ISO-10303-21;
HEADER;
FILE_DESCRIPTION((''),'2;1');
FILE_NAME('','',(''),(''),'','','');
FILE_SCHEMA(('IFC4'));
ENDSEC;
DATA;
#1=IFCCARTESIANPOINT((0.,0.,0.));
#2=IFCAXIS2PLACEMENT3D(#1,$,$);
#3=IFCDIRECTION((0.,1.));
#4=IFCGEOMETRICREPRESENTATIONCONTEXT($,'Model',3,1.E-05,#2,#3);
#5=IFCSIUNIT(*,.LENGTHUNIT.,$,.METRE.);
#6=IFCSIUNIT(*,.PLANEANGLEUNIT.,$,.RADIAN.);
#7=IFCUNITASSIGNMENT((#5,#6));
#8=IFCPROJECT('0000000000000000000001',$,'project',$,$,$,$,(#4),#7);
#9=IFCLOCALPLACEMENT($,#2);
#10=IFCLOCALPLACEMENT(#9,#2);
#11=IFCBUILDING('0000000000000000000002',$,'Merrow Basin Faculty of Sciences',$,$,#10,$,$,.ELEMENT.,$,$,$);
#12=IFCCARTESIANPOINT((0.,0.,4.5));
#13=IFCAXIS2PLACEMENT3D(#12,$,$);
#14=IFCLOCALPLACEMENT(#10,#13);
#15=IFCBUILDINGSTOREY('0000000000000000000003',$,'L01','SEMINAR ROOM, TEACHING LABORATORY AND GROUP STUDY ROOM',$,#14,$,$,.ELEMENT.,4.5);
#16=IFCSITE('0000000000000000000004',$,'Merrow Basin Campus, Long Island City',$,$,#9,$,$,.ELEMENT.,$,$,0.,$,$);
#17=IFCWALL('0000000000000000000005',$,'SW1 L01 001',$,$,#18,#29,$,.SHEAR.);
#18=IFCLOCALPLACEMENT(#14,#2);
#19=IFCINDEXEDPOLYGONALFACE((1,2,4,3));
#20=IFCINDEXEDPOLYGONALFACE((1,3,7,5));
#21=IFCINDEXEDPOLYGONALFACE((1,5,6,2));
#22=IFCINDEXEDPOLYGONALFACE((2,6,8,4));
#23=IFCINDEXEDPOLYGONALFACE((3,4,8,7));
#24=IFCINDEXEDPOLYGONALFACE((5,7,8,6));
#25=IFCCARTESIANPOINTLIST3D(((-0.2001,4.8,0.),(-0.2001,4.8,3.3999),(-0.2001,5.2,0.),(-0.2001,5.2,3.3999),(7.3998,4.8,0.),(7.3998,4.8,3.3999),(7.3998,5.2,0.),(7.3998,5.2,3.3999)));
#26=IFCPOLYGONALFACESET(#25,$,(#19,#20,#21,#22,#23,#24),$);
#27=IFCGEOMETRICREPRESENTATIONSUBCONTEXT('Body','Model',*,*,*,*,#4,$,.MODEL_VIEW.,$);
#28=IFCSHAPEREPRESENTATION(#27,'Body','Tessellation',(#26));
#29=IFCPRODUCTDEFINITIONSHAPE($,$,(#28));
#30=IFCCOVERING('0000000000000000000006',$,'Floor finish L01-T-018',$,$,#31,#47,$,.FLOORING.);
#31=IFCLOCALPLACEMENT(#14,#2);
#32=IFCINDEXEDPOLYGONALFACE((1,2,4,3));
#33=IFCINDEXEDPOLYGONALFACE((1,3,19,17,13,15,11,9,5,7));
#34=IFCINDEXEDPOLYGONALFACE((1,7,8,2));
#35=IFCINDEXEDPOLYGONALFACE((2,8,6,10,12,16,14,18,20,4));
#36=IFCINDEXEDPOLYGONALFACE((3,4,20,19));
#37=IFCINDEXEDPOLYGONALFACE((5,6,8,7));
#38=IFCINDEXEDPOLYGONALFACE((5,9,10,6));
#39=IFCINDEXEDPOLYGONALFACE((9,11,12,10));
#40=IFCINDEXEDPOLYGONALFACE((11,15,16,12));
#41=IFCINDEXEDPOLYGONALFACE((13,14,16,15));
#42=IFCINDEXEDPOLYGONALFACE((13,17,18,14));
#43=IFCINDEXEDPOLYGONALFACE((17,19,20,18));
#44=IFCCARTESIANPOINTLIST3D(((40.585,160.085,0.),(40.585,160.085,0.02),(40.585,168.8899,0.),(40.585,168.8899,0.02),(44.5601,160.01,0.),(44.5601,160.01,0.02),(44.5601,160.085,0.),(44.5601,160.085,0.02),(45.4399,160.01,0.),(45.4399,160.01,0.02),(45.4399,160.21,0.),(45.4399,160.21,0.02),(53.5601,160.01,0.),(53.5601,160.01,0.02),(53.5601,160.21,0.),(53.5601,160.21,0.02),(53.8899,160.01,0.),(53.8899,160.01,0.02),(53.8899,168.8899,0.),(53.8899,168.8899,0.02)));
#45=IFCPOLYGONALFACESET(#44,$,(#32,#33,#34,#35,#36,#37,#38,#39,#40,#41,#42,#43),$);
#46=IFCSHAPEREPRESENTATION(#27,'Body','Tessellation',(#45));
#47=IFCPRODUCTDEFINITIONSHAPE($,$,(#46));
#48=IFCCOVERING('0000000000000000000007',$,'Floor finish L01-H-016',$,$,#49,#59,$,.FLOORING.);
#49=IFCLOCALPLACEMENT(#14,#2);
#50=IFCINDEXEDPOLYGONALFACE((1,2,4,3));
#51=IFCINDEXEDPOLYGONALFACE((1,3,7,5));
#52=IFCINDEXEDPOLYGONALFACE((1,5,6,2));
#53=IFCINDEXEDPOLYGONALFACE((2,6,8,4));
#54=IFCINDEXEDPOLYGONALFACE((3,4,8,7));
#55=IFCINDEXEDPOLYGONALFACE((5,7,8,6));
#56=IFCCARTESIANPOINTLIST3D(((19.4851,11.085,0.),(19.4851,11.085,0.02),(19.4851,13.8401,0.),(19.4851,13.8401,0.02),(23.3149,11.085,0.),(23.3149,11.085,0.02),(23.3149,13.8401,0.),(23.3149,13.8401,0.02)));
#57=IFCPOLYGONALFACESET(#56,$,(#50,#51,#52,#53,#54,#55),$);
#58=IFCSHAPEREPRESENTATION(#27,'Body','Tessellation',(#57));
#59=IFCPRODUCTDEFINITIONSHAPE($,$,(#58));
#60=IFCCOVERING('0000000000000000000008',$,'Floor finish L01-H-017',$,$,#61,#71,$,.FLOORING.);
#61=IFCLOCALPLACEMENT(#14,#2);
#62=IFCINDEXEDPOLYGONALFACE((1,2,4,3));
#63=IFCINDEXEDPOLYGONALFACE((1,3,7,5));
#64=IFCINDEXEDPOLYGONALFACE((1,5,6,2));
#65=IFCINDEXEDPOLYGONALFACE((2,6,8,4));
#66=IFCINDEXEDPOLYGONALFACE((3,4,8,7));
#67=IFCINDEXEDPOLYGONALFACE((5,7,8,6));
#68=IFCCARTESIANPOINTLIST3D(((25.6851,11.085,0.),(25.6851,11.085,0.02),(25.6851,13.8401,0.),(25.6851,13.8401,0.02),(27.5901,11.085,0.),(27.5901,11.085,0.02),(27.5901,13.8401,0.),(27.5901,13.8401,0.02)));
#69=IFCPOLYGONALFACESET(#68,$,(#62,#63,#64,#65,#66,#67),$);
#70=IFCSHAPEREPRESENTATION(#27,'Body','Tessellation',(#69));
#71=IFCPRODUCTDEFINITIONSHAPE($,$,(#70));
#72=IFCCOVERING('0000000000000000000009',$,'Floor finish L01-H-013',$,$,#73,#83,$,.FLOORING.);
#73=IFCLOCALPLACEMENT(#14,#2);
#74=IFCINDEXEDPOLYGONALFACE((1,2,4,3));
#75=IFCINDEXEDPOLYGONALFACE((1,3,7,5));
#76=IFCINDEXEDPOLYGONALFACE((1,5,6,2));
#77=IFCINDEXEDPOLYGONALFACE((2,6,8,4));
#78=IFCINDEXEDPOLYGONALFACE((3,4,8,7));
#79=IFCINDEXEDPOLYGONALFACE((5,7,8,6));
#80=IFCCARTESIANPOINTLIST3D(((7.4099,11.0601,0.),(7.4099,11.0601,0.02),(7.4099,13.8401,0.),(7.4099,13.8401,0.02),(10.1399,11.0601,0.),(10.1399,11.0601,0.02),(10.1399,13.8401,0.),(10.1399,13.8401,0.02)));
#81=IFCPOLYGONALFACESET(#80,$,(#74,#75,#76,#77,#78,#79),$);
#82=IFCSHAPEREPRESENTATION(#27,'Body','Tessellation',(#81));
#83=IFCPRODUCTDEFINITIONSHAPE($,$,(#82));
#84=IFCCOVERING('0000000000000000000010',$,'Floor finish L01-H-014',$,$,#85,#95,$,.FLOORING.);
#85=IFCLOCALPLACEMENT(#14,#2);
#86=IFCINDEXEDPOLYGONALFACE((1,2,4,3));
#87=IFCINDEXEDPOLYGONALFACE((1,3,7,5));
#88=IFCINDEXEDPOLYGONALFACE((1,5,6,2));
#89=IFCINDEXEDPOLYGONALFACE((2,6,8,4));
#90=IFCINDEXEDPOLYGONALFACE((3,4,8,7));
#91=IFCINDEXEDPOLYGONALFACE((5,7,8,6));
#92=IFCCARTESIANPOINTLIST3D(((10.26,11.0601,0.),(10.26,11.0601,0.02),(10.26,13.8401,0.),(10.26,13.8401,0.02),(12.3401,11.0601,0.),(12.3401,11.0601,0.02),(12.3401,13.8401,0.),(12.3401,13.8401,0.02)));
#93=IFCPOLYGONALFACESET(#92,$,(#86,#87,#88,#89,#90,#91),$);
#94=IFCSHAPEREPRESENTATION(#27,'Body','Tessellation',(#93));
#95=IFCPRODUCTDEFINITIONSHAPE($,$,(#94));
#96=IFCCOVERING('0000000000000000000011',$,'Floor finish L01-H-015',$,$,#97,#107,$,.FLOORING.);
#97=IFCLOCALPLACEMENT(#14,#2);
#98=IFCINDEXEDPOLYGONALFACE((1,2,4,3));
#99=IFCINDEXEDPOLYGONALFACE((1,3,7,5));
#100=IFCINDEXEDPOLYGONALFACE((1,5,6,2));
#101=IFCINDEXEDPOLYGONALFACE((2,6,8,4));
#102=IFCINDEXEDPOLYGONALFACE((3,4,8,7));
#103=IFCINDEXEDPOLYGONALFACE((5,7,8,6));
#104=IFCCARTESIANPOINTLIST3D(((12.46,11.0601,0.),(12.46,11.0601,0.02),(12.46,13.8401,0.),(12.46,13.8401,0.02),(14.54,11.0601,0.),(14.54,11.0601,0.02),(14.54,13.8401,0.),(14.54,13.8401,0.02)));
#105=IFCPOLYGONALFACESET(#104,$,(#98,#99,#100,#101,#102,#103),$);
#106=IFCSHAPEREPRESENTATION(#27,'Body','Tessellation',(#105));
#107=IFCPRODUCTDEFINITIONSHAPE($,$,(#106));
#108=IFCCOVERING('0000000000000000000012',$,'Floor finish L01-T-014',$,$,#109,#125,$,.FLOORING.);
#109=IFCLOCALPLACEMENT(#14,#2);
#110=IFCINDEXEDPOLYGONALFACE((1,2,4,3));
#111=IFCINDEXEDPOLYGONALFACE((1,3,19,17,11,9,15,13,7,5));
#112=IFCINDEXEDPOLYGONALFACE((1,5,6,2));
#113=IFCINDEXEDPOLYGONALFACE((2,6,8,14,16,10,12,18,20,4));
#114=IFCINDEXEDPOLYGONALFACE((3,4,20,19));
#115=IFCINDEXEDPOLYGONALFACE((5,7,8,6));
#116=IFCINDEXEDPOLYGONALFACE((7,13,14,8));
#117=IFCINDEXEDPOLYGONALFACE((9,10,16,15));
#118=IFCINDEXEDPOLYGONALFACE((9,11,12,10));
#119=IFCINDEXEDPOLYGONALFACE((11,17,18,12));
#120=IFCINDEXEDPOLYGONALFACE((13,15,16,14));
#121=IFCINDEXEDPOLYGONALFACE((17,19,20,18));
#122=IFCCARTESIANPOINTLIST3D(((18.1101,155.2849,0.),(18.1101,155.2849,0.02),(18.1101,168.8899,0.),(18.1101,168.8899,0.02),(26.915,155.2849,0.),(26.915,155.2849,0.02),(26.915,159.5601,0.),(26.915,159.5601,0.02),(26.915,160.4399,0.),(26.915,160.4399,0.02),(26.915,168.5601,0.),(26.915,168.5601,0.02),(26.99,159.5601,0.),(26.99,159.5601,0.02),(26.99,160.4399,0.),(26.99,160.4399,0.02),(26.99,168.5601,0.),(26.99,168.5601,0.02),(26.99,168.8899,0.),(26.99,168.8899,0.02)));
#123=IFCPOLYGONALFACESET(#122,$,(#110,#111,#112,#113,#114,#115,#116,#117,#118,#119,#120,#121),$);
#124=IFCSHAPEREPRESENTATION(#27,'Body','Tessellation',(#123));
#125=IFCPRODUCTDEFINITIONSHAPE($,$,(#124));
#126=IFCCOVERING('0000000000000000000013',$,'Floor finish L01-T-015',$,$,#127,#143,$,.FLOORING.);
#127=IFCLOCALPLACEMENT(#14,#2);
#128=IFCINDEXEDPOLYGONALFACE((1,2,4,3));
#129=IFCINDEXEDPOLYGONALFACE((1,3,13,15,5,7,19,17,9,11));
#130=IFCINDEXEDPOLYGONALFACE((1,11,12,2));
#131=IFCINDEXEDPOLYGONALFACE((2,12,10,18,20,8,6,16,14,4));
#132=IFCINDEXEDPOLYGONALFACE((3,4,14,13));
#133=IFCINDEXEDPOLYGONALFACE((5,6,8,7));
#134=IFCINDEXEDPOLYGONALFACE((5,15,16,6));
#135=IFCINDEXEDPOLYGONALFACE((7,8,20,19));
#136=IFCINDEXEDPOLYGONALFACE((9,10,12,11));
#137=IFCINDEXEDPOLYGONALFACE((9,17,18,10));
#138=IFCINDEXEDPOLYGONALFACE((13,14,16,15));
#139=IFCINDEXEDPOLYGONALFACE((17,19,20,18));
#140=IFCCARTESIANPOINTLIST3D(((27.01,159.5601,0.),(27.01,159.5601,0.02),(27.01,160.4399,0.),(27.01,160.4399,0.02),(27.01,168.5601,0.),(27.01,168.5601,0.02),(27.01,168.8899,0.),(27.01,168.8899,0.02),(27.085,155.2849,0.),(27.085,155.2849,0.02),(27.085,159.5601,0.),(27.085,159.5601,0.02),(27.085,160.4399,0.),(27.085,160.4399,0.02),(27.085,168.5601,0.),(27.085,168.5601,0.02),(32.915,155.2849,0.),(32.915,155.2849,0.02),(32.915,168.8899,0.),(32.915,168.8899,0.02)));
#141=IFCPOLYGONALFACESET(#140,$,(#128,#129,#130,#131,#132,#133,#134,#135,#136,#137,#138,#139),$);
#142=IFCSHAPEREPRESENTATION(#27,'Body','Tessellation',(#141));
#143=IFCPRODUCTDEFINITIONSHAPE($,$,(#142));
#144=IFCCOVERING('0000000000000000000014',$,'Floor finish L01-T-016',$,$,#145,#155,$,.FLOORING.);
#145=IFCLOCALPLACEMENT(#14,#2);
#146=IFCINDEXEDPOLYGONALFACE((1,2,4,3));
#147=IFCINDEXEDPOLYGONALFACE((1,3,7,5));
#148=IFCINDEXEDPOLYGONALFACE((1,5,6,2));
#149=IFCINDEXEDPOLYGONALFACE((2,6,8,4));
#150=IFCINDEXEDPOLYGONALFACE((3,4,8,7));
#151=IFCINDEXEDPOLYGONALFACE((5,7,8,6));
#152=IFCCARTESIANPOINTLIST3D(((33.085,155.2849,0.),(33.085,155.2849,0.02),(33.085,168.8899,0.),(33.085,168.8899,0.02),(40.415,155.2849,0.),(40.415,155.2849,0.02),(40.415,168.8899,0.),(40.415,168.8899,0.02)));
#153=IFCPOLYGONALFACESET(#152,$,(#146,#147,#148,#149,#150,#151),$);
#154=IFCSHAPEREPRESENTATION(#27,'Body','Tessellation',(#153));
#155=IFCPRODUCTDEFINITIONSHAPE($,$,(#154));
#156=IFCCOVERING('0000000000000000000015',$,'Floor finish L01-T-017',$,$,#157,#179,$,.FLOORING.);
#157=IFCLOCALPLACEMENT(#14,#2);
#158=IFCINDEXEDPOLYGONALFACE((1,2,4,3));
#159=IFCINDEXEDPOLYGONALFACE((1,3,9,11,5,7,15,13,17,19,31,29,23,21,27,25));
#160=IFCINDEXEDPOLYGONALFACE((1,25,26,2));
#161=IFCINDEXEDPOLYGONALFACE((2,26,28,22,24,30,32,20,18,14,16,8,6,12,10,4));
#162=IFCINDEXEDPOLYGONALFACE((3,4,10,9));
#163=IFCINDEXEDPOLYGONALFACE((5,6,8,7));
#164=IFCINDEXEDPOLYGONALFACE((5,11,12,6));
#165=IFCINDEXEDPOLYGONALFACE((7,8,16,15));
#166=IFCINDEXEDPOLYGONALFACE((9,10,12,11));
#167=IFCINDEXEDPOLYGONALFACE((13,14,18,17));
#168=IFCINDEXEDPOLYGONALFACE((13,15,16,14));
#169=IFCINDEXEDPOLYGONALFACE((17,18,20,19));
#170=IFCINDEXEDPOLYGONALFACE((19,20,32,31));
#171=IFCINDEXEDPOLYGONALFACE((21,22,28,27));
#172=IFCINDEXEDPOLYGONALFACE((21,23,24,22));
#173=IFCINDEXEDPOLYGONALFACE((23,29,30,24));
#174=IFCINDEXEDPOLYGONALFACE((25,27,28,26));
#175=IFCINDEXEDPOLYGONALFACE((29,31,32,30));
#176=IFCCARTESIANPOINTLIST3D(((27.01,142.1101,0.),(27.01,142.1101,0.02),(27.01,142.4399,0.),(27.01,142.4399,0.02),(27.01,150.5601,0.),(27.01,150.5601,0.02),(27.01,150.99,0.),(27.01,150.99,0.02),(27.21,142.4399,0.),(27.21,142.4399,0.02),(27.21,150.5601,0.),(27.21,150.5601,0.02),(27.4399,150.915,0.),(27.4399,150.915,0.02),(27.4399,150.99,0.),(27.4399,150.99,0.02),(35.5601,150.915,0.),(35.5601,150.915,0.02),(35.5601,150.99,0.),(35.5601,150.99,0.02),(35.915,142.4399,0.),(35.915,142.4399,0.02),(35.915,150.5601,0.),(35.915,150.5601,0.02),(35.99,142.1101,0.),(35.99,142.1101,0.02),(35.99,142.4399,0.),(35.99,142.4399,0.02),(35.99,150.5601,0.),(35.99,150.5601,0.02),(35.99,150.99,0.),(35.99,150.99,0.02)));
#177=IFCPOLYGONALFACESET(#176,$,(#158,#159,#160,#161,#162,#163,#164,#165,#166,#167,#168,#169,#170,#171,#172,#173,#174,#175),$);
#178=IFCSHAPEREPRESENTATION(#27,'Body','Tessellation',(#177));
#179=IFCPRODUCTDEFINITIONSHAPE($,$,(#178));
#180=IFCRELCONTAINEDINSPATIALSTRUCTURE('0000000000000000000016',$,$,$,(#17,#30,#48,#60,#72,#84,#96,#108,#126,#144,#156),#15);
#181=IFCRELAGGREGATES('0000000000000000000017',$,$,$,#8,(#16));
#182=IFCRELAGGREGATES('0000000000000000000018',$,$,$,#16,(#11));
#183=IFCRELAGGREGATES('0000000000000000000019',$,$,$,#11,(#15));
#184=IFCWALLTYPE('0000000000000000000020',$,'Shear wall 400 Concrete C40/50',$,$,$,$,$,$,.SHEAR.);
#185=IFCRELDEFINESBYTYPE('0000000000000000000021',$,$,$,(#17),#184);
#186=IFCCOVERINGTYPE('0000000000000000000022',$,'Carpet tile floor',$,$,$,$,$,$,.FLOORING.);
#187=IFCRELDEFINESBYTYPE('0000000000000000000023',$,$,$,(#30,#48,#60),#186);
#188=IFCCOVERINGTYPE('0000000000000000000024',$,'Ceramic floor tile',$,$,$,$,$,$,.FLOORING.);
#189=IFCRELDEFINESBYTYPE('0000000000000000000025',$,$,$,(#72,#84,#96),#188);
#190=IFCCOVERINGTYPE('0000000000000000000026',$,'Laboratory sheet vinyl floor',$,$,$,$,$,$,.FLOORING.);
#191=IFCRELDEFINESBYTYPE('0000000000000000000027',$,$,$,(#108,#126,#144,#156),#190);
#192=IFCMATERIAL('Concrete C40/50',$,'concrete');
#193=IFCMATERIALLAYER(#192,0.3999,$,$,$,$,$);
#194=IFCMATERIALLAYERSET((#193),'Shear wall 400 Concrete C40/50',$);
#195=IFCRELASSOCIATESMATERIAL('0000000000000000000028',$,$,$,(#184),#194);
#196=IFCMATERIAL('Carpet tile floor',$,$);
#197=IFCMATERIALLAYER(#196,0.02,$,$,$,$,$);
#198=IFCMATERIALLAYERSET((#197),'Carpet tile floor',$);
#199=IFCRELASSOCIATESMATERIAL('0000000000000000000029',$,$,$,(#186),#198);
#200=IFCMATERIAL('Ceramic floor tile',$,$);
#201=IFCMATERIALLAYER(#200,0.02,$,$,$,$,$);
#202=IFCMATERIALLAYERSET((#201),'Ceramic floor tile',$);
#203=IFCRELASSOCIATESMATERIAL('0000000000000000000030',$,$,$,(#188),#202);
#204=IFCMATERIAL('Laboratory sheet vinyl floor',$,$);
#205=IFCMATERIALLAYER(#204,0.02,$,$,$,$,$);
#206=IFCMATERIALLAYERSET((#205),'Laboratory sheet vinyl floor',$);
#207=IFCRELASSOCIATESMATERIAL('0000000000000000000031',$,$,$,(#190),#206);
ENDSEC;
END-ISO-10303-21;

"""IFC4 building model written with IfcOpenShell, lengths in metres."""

from ifc_helpers import new_model, si_unit, direction, frame, frame_2d, origin, place, context, subcontext, project, spatial, polyline, rectangle, outline, extrude, material, layer, layer_set, type_object, element, save


model = new_model("IFC4")

# Units and contexts
model_context = context("Model", 3, precision=1e-05, world=origin(), true_north=direction((0.0, 1.0)))
body_context = subcontext(model_context, "Body", "Model", "MODEL_VIEW")
ifc_project = project(units=[si_unit("LENGTHUNIT", "METRE"), si_unit("PLANEANGLEUNIT", "RADIAN")], contexts=[model_context])

# Site, building, storey
site_placement = place(None, origin())
site = spatial("IfcSite", under=ifc_project, at=site_placement, Name="Merrow Basin Campus, Long Island City", CompositionType="ELEMENT", RefElevation=0.0)
building_placement = place(site_placement, origin())
building = spatial("IfcBuilding", under=site, at=building_placement, Name="Merrow Basin Faculty of Sciences", CompositionType="ELEMENT")
storey_placement = place(building_placement, frame((0.0, 0.0, 4.5)))
storey = spatial("IfcBuildingStorey", under=building, at=storey_placement, Name="L01", Description="SEMINAR ROOM, TEACHING LABORATORY AND GROUP STUDY ROOM", CompositionType="ELEMENT", Elevation=4.5)

# Wall
ifc_material_1 = material(Name="Concrete C40/50", Category="concrete")
ifc_layer_1 = layer(ifc_material_1, 0.3999)
ifc_layer_set_1 = layer_set([ifc_layer_1], Name="Shear wall 400 Concrete C40/50")
wall_type = type_object("IfcWallType", Name="Shear wall 400 Concrete C40/50", PredefinedType="SHEAR", material=ifc_layer_set_1)
wall_placement = place(storey_placement, frame((-0.2, 5.0, 0.0), z_axis=(0.0, 0.0, 1.0), x_axis=(1.0, 0.0, 0.0)))
element("IfcWall", 1, at=wall_placement, inside=storey, type_object=wall_type, Name="SW1 L01 001", PredefinedType="SHEAR", context=body_context, shape_type="SweptSolid", body=[
    extrude(rectangle(XDim=7.5999, YDim=0.3999, at=frame_2d((3.7998, 0.0))), origin(), (0.0, 0.0, 1.0), 3.3999),
])

# Coverings
ifc_material_2 = material(Name="Carpet tile floor")
ifc_layer_2 = layer(ifc_material_2, 0.02)
ifc_layer_set_2 = layer_set([ifc_layer_2], Name="Carpet tile floor")
covering_type_1 = type_object("IfcCoveringType", Name="Carpet tile floor", PredefinedType="FLOORING", material=ifc_layer_set_2)
covering_1_placement = place(storey_placement, origin())
element("IfcCovering", 2, at=covering_1_placement, inside=storey, type_object=covering_type_1, Name="Floor finish L01-T-018", PredefinedType="FLOORING", context=body_context, shape_type="SweptSolid", body=[
    extrude(outline(polyline([(53.8899, 168.8899), (53.8899, 160.01), (53.5601, 160.01), (53.5601, 160.21), (45.4399, 160.21), (45.4399, 160.01), (44.5601, 160.01), (44.5601, 160.085), (40.585, 160.085), (40.585, 168.8899), (53.8899, 168.8899)])), origin(), (0.0, 0.0, 1.0), 0.02),
])
covering_2_placement = place(storey_placement, origin())
element("IfcCovering", 3, at=covering_2_placement, inside=storey, type_object=covering_type_1, Name="Floor finish L01-H-016", PredefinedType="FLOORING", context=body_context, shape_type="SweptSolid", body=[
    extrude(outline(polyline([(19.4851, 13.8401), (23.3149, 13.8401), (23.3149, 11.085), (19.4851, 11.085), (19.4851, 13.8401)])), origin(), (0.0, 0.0, 1.0), 0.02),
])
covering_3_placement = place(storey_placement, origin())
element("IfcCovering", 4, at=covering_3_placement, inside=storey, type_object=covering_type_1, Name="Floor finish L01-H-017", PredefinedType="FLOORING", context=body_context, shape_type="SweptSolid", body=[
    extrude(outline(polyline([(25.6851, 13.8401), (27.5901, 13.8401), (27.5901, 11.085), (25.6851, 11.085), (25.6851, 13.8401)])), origin(), (0.0, 0.0, 1.0), 0.02),
])
ifc_material_3 = material(Name="Ceramic floor tile")
ifc_layer_3 = layer(ifc_material_3, 0.02)
ifc_layer_set_3 = layer_set([ifc_layer_3], Name="Ceramic floor tile")
covering_type_2 = type_object("IfcCoveringType", Name="Ceramic floor tile", PredefinedType="FLOORING", material=ifc_layer_set_3)
covering_4_placement = place(storey_placement, origin())
element("IfcCovering", 5, at=covering_4_placement, inside=storey, type_object=covering_type_2, Name="Floor finish L01-H-013", PredefinedType="FLOORING", context=body_context, shape_type="SweptSolid", body=[
    extrude(outline(polyline([(7.4099, 11.0601), (7.4099, 13.8401), (10.1399, 13.8401), (10.1399, 11.0601), (7.4099, 11.0601)])), origin(), (0.0, 0.0, 1.0), 0.02),
])
covering_5_placement = place(storey_placement, origin())
element("IfcCovering", 6, at=covering_5_placement, inside=storey, type_object=covering_type_2, Name="Floor finish L01-H-014", PredefinedType="FLOORING", context=body_context, shape_type="SweptSolid", body=[
    extrude(outline(polyline([(12.3401, 11.0601), (10.26, 11.0601), (10.26, 13.8401), (12.3401, 13.8401), (12.3401, 11.0601)])), origin(), (0.0, 0.0, 1.0), 0.02),
])
covering_6_placement = place(storey_placement, origin())
element("IfcCovering", 7, at=covering_6_placement, inside=storey, type_object=covering_type_2, Name="Floor finish L01-H-015", PredefinedType="FLOORING", context=body_context, shape_type="SweptSolid", body=[
    extrude(outline(polyline([(14.54, 13.8401), (14.54, 11.0601), (12.46, 11.0601), (12.46, 13.8401), (14.54, 13.8401)])), origin(), (0.0, 0.0, 1.0), 0.02),
])
ifc_material_4 = material(Name="Laboratory sheet vinyl floor")
ifc_layer_4 = layer(ifc_material_4, 0.02)
ifc_layer_set_4 = layer_set([ifc_layer_4], Name="Laboratory sheet vinyl floor")
covering_type_3 = type_object("IfcCoveringType", Name="Laboratory sheet vinyl floor", PredefinedType="FLOORING", material=ifc_layer_set_4)
covering_7_placement = place(storey_placement, origin())
element("IfcCovering", 8, at=covering_7_placement, inside=storey, type_object=covering_type_3, Name="Floor finish L01-T-014", PredefinedType="FLOORING", context=body_context, shape_type="SweptSolid", body=[
    extrude(outline(polyline([(18.1101, 168.8899), (26.99, 168.8899), (26.99, 168.5601), (26.915, 168.5601), (26.915, 160.4399), (26.99, 160.4399), (26.99, 159.5601), (26.915, 159.5601), (26.915, 155.2849), (18.1101, 155.2849), (18.1101, 168.8899)])), origin(), (0.0, 0.0, 1.0), 0.02),
])
covering_8_placement = place(storey_placement, origin())
element("IfcCovering", 9, at=covering_8_placement, inside=storey, type_object=covering_type_3, Name="Floor finish L01-T-015", PredefinedType="FLOORING", context=body_context, shape_type="SweptSolid", body=[
    extrude(outline(polyline([(27.01, 160.4399), (27.085, 160.4399), (27.085, 168.5601), (27.01, 168.5601), (27.01, 168.8899), (32.915, 168.8899), (32.915, 155.2849), (27.085, 155.2849), (27.085, 159.5601), (27.01, 159.5601), (27.01, 160.4399)])), origin(), (0.0, 0.0, 1.0), 0.02),
])
covering_9_placement = place(storey_placement, origin())
element("IfcCovering", 10, at=covering_9_placement, inside=storey, type_object=covering_type_3, Name="Floor finish L01-T-016", PredefinedType="FLOORING", context=body_context, shape_type="SweptSolid", body=[
    extrude(outline(polyline([(40.415, 168.8899), (40.415, 155.2849), (33.085, 155.2849), (33.085, 168.8899), (40.415, 168.8899)])), origin(), (0.0, 0.0, 1.0), 0.02),
])
covering_10_placement = place(storey_placement, origin())
element("IfcCovering", 11, at=covering_10_placement, inside=storey, type_object=covering_type_3, Name="Floor finish L01-T-017", PredefinedType="FLOORING", context=body_context, shape_type="SweptSolid", body=[
    extrude(outline(polyline([(27.4399, 150.99), (27.4399, 150.915), (35.5601, 150.915), (35.5601, 150.99), (35.99, 150.99), (35.99, 150.5601), (35.915, 150.5601), (35.915, 142.4399), (35.99, 142.4399), (35.99, 142.1101), (27.01, 142.1101), (27.01, 142.4399), (27.21, 142.4399), (27.21, 150.5601), (27.01, 150.5601), (27.01, 150.99), (27.4399, 150.99)])), origin(), (0.0, 0.0, 1.0), 0.02),
])

save(model, "model.ifc")
